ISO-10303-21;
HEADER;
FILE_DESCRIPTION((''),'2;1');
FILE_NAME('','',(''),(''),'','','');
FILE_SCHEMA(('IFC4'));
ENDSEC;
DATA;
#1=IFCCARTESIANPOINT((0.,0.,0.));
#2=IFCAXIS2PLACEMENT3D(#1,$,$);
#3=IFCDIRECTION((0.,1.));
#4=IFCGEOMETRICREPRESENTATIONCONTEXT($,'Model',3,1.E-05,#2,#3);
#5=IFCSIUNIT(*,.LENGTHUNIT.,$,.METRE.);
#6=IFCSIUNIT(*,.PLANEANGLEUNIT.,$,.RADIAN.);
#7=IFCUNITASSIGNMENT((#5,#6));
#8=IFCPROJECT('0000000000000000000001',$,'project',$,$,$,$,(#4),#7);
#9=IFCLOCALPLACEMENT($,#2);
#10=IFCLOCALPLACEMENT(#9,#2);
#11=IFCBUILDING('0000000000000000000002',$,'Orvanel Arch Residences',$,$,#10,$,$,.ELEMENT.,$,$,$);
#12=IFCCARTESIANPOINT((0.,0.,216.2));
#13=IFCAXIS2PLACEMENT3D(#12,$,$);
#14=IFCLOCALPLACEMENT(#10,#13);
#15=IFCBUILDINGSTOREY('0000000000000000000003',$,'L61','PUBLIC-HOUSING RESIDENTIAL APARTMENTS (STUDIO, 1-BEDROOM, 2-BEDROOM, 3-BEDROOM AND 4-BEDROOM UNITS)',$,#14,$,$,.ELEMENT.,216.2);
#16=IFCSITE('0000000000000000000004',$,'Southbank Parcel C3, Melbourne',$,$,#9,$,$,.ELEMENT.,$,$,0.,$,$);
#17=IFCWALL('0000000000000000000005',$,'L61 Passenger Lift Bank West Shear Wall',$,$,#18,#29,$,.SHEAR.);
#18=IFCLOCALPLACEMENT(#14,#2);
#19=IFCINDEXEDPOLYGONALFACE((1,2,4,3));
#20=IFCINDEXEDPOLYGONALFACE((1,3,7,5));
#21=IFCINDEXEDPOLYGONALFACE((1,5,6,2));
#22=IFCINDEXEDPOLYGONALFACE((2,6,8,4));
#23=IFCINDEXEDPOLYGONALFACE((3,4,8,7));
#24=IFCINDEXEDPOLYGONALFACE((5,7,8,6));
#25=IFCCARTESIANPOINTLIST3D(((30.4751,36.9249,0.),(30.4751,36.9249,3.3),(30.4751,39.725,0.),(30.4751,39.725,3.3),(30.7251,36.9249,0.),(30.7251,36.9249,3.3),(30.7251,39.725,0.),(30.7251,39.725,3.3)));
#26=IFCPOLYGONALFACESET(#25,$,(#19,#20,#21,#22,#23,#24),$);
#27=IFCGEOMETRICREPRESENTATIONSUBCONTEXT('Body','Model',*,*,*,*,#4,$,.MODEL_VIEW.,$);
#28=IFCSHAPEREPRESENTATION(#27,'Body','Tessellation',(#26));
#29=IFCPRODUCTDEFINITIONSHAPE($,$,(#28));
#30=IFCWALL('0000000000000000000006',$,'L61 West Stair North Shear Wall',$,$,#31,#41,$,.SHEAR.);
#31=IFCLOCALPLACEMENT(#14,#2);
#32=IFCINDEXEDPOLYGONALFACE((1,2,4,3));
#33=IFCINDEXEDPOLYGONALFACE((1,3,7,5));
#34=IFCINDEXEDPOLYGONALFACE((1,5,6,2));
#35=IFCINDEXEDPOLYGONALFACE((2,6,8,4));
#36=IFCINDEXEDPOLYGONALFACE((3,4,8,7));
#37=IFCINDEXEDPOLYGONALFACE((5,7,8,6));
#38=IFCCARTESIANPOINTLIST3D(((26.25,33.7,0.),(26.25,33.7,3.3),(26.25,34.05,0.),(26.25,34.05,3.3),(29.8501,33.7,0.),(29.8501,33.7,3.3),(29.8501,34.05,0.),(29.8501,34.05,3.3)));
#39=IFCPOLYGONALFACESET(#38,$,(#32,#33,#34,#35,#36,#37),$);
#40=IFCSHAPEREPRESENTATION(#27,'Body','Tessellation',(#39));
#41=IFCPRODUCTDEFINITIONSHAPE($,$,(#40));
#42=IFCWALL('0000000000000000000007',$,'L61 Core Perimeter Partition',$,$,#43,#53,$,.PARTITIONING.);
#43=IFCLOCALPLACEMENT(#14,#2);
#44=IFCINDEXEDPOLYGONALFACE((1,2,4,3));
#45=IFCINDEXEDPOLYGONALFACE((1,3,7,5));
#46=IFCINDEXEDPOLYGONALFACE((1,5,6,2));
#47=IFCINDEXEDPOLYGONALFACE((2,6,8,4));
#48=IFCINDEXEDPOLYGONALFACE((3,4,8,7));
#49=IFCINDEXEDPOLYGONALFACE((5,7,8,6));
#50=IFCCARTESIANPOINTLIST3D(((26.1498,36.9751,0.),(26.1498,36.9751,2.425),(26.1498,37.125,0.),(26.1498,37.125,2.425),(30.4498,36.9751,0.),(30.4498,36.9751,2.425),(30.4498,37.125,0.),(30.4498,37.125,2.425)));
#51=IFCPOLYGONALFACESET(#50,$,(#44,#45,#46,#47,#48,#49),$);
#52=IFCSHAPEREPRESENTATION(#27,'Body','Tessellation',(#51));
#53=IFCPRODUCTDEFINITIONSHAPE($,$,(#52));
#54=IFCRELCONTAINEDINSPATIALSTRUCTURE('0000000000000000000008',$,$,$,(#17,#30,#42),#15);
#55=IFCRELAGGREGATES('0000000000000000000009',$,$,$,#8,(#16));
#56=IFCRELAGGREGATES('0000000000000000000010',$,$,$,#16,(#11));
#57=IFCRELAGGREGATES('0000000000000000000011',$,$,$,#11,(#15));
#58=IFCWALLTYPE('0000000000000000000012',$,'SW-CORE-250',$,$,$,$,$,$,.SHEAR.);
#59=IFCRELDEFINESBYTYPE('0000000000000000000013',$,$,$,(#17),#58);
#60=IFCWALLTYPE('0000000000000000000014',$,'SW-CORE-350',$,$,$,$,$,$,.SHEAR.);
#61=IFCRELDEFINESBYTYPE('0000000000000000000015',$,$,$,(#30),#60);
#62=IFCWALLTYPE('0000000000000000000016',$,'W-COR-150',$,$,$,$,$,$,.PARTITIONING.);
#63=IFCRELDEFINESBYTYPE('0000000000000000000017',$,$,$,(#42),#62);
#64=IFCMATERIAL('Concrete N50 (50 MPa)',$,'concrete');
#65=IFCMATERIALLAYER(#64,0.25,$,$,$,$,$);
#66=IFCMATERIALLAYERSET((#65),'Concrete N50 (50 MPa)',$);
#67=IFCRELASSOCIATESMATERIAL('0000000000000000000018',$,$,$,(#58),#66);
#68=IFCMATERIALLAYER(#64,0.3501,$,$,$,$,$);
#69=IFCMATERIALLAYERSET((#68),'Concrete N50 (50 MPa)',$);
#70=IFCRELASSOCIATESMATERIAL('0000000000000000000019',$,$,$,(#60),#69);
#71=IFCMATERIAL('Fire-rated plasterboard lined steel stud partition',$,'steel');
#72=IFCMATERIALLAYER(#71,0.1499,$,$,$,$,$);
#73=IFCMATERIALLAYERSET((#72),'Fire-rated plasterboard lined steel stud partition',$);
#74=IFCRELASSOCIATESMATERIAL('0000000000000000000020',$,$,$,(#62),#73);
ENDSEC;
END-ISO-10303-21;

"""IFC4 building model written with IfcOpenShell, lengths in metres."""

from ifc_helpers import new_model, si_unit, direction, frame, frame_2d, origin, place, context, subcontext, project, spatial, rectangle, extrude, material, layer, layer_set, type_object, element, save


model = new_model("IFC4")

# Units and contexts
model_context = context("Model", 3, precision=1e-05, world=origin(), true_north=direction((0.0, 1.0)))
body_context = subcontext(model_context, "Body", "Model", "MODEL_VIEW")
ifc_project = project(units=[si_unit("LENGTHUNIT", "METRE"), si_unit("PLANEANGLEUNIT", "RADIAN")], contexts=[model_context])

# Site, building, storey
site_placement = place(None, origin())
site = spatial("IfcSite", under=ifc_project, at=site_placement, Name="Southbank Parcel C3, Melbourne", CompositionType="ELEMENT", RefElevation=0.0)
building_placement = place(site_placement, origin())
building = spatial("IfcBuilding", under=site, at=building_placement, Name="Orvanel Arch Residences", CompositionType="ELEMENT")
storey_placement = place(building_placement, frame((0.0, 0.0, 216.2)))
storey = spatial("IfcBuildingStorey", under=building, at=storey_placement, Name="L61", Description="PUBLIC-HOUSING RESIDENTIAL APARTMENTS (STUDIO, 1-BEDROOM, 2-BEDROOM, 3-BEDROOM AND 4-BEDROOM UNITS)", CompositionType="ELEMENT", Elevation=216.2)

# Shared definitions
ifc_material_1 = material(Name="Concrete N50 (50 MPa)", Category="concrete")
ifc_layer_1 = layer(ifc_material_1, 0.25)
ifc_layer_set_1 = layer_set([ifc_layer_1], Name="Concrete N50 (50 MPa)")
wall_type_1 = type_object("IfcWallType", Name="SW-CORE-250", PredefinedType="SHEAR", material=ifc_layer_set_1)

# Walls
wall_1_placement = place(storey_placement, frame((30.6001, 36.925, 0.0), z_axis=(0.0, 0.0, 1.0), x_axis=(0.0, 1.0, 0.0)))
element("IfcWall", 1, at=wall_1_placement, inside=storey, type_object=wall_type_1, Name="L61 Passenger Lift Bank West Shear Wall", PredefinedType="SHEAR", context=body_context, shape_type="SweptSolid", body=[
    extrude(rectangle(XDim=2.8, YDim=0.25, at=frame_2d((1.3999, 0.0))), origin(), (0.0, 0.0, 1.0), 3.3),
])
ifc_layer_2 = layer(ifc_material_1, 0.3501)
ifc_layer_set_2 = layer_set([ifc_layer_2], Name="Concrete N50 (50 MPa)")
wall_type_2 = type_object("IfcWallType", Name="SW-CORE-350", PredefinedType="SHEAR", material=ifc_layer_set_2)
wall_2_placement = place(storey_placement, frame((26.25, 33.875, 0.0), z_axis=(0.0, 0.0, 1.0), x_axis=(1.0, 0.0, 0.0)))
element("IfcWall", 2, at=wall_2_placement, inside=storey, type_object=wall_type_2, Name="L61 West Stair North Shear Wall", PredefinedType="SHEAR", context=body_context, shape_type="SweptSolid", body=[
    extrude(rectangle(XDim=3.6001, YDim=0.3501, at=frame_2d((1.8, 0.0))), origin(), (0.0, 0.0, 1.0), 3.3),
])

# Shared definitions
ifc_material_2 = material(Name="Fire-rated plasterboard lined steel stud partition", Category="steel")
ifc_layer_3 = layer(ifc_material_2, 0.1499)
ifc_layer_set_3 = layer_set([ifc_layer_3], Name="Fire-rated plasterboard lined steel stud partition")
wall_type_3 = type_object("IfcWallType", Name="W-COR-150", PredefinedType="PARTITIONING", material=ifc_layer_set_3)

# Wall
wall_3_placement = place(storey_placement, frame((26.1499, 37.05, 0.0), z_axis=(0.0, 0.0, 1.0), x_axis=(1.0, 0.0, 0.0)))
element("IfcWall", 3, at=wall_3_placement, inside=storey, type_object=wall_type_3, Name="L61 Core Perimeter Partition", PredefinedType="PARTITIONING", context=body_context, shape_type="SweptSolid", body=[
    extrude(rectangle(XDim=4.3, YDim=0.1499, at=frame_2d((2.1499, 0.0))), origin(), (0.0, 0.0, 1.0), 2.425),
])

save(model, "model.ifc")
